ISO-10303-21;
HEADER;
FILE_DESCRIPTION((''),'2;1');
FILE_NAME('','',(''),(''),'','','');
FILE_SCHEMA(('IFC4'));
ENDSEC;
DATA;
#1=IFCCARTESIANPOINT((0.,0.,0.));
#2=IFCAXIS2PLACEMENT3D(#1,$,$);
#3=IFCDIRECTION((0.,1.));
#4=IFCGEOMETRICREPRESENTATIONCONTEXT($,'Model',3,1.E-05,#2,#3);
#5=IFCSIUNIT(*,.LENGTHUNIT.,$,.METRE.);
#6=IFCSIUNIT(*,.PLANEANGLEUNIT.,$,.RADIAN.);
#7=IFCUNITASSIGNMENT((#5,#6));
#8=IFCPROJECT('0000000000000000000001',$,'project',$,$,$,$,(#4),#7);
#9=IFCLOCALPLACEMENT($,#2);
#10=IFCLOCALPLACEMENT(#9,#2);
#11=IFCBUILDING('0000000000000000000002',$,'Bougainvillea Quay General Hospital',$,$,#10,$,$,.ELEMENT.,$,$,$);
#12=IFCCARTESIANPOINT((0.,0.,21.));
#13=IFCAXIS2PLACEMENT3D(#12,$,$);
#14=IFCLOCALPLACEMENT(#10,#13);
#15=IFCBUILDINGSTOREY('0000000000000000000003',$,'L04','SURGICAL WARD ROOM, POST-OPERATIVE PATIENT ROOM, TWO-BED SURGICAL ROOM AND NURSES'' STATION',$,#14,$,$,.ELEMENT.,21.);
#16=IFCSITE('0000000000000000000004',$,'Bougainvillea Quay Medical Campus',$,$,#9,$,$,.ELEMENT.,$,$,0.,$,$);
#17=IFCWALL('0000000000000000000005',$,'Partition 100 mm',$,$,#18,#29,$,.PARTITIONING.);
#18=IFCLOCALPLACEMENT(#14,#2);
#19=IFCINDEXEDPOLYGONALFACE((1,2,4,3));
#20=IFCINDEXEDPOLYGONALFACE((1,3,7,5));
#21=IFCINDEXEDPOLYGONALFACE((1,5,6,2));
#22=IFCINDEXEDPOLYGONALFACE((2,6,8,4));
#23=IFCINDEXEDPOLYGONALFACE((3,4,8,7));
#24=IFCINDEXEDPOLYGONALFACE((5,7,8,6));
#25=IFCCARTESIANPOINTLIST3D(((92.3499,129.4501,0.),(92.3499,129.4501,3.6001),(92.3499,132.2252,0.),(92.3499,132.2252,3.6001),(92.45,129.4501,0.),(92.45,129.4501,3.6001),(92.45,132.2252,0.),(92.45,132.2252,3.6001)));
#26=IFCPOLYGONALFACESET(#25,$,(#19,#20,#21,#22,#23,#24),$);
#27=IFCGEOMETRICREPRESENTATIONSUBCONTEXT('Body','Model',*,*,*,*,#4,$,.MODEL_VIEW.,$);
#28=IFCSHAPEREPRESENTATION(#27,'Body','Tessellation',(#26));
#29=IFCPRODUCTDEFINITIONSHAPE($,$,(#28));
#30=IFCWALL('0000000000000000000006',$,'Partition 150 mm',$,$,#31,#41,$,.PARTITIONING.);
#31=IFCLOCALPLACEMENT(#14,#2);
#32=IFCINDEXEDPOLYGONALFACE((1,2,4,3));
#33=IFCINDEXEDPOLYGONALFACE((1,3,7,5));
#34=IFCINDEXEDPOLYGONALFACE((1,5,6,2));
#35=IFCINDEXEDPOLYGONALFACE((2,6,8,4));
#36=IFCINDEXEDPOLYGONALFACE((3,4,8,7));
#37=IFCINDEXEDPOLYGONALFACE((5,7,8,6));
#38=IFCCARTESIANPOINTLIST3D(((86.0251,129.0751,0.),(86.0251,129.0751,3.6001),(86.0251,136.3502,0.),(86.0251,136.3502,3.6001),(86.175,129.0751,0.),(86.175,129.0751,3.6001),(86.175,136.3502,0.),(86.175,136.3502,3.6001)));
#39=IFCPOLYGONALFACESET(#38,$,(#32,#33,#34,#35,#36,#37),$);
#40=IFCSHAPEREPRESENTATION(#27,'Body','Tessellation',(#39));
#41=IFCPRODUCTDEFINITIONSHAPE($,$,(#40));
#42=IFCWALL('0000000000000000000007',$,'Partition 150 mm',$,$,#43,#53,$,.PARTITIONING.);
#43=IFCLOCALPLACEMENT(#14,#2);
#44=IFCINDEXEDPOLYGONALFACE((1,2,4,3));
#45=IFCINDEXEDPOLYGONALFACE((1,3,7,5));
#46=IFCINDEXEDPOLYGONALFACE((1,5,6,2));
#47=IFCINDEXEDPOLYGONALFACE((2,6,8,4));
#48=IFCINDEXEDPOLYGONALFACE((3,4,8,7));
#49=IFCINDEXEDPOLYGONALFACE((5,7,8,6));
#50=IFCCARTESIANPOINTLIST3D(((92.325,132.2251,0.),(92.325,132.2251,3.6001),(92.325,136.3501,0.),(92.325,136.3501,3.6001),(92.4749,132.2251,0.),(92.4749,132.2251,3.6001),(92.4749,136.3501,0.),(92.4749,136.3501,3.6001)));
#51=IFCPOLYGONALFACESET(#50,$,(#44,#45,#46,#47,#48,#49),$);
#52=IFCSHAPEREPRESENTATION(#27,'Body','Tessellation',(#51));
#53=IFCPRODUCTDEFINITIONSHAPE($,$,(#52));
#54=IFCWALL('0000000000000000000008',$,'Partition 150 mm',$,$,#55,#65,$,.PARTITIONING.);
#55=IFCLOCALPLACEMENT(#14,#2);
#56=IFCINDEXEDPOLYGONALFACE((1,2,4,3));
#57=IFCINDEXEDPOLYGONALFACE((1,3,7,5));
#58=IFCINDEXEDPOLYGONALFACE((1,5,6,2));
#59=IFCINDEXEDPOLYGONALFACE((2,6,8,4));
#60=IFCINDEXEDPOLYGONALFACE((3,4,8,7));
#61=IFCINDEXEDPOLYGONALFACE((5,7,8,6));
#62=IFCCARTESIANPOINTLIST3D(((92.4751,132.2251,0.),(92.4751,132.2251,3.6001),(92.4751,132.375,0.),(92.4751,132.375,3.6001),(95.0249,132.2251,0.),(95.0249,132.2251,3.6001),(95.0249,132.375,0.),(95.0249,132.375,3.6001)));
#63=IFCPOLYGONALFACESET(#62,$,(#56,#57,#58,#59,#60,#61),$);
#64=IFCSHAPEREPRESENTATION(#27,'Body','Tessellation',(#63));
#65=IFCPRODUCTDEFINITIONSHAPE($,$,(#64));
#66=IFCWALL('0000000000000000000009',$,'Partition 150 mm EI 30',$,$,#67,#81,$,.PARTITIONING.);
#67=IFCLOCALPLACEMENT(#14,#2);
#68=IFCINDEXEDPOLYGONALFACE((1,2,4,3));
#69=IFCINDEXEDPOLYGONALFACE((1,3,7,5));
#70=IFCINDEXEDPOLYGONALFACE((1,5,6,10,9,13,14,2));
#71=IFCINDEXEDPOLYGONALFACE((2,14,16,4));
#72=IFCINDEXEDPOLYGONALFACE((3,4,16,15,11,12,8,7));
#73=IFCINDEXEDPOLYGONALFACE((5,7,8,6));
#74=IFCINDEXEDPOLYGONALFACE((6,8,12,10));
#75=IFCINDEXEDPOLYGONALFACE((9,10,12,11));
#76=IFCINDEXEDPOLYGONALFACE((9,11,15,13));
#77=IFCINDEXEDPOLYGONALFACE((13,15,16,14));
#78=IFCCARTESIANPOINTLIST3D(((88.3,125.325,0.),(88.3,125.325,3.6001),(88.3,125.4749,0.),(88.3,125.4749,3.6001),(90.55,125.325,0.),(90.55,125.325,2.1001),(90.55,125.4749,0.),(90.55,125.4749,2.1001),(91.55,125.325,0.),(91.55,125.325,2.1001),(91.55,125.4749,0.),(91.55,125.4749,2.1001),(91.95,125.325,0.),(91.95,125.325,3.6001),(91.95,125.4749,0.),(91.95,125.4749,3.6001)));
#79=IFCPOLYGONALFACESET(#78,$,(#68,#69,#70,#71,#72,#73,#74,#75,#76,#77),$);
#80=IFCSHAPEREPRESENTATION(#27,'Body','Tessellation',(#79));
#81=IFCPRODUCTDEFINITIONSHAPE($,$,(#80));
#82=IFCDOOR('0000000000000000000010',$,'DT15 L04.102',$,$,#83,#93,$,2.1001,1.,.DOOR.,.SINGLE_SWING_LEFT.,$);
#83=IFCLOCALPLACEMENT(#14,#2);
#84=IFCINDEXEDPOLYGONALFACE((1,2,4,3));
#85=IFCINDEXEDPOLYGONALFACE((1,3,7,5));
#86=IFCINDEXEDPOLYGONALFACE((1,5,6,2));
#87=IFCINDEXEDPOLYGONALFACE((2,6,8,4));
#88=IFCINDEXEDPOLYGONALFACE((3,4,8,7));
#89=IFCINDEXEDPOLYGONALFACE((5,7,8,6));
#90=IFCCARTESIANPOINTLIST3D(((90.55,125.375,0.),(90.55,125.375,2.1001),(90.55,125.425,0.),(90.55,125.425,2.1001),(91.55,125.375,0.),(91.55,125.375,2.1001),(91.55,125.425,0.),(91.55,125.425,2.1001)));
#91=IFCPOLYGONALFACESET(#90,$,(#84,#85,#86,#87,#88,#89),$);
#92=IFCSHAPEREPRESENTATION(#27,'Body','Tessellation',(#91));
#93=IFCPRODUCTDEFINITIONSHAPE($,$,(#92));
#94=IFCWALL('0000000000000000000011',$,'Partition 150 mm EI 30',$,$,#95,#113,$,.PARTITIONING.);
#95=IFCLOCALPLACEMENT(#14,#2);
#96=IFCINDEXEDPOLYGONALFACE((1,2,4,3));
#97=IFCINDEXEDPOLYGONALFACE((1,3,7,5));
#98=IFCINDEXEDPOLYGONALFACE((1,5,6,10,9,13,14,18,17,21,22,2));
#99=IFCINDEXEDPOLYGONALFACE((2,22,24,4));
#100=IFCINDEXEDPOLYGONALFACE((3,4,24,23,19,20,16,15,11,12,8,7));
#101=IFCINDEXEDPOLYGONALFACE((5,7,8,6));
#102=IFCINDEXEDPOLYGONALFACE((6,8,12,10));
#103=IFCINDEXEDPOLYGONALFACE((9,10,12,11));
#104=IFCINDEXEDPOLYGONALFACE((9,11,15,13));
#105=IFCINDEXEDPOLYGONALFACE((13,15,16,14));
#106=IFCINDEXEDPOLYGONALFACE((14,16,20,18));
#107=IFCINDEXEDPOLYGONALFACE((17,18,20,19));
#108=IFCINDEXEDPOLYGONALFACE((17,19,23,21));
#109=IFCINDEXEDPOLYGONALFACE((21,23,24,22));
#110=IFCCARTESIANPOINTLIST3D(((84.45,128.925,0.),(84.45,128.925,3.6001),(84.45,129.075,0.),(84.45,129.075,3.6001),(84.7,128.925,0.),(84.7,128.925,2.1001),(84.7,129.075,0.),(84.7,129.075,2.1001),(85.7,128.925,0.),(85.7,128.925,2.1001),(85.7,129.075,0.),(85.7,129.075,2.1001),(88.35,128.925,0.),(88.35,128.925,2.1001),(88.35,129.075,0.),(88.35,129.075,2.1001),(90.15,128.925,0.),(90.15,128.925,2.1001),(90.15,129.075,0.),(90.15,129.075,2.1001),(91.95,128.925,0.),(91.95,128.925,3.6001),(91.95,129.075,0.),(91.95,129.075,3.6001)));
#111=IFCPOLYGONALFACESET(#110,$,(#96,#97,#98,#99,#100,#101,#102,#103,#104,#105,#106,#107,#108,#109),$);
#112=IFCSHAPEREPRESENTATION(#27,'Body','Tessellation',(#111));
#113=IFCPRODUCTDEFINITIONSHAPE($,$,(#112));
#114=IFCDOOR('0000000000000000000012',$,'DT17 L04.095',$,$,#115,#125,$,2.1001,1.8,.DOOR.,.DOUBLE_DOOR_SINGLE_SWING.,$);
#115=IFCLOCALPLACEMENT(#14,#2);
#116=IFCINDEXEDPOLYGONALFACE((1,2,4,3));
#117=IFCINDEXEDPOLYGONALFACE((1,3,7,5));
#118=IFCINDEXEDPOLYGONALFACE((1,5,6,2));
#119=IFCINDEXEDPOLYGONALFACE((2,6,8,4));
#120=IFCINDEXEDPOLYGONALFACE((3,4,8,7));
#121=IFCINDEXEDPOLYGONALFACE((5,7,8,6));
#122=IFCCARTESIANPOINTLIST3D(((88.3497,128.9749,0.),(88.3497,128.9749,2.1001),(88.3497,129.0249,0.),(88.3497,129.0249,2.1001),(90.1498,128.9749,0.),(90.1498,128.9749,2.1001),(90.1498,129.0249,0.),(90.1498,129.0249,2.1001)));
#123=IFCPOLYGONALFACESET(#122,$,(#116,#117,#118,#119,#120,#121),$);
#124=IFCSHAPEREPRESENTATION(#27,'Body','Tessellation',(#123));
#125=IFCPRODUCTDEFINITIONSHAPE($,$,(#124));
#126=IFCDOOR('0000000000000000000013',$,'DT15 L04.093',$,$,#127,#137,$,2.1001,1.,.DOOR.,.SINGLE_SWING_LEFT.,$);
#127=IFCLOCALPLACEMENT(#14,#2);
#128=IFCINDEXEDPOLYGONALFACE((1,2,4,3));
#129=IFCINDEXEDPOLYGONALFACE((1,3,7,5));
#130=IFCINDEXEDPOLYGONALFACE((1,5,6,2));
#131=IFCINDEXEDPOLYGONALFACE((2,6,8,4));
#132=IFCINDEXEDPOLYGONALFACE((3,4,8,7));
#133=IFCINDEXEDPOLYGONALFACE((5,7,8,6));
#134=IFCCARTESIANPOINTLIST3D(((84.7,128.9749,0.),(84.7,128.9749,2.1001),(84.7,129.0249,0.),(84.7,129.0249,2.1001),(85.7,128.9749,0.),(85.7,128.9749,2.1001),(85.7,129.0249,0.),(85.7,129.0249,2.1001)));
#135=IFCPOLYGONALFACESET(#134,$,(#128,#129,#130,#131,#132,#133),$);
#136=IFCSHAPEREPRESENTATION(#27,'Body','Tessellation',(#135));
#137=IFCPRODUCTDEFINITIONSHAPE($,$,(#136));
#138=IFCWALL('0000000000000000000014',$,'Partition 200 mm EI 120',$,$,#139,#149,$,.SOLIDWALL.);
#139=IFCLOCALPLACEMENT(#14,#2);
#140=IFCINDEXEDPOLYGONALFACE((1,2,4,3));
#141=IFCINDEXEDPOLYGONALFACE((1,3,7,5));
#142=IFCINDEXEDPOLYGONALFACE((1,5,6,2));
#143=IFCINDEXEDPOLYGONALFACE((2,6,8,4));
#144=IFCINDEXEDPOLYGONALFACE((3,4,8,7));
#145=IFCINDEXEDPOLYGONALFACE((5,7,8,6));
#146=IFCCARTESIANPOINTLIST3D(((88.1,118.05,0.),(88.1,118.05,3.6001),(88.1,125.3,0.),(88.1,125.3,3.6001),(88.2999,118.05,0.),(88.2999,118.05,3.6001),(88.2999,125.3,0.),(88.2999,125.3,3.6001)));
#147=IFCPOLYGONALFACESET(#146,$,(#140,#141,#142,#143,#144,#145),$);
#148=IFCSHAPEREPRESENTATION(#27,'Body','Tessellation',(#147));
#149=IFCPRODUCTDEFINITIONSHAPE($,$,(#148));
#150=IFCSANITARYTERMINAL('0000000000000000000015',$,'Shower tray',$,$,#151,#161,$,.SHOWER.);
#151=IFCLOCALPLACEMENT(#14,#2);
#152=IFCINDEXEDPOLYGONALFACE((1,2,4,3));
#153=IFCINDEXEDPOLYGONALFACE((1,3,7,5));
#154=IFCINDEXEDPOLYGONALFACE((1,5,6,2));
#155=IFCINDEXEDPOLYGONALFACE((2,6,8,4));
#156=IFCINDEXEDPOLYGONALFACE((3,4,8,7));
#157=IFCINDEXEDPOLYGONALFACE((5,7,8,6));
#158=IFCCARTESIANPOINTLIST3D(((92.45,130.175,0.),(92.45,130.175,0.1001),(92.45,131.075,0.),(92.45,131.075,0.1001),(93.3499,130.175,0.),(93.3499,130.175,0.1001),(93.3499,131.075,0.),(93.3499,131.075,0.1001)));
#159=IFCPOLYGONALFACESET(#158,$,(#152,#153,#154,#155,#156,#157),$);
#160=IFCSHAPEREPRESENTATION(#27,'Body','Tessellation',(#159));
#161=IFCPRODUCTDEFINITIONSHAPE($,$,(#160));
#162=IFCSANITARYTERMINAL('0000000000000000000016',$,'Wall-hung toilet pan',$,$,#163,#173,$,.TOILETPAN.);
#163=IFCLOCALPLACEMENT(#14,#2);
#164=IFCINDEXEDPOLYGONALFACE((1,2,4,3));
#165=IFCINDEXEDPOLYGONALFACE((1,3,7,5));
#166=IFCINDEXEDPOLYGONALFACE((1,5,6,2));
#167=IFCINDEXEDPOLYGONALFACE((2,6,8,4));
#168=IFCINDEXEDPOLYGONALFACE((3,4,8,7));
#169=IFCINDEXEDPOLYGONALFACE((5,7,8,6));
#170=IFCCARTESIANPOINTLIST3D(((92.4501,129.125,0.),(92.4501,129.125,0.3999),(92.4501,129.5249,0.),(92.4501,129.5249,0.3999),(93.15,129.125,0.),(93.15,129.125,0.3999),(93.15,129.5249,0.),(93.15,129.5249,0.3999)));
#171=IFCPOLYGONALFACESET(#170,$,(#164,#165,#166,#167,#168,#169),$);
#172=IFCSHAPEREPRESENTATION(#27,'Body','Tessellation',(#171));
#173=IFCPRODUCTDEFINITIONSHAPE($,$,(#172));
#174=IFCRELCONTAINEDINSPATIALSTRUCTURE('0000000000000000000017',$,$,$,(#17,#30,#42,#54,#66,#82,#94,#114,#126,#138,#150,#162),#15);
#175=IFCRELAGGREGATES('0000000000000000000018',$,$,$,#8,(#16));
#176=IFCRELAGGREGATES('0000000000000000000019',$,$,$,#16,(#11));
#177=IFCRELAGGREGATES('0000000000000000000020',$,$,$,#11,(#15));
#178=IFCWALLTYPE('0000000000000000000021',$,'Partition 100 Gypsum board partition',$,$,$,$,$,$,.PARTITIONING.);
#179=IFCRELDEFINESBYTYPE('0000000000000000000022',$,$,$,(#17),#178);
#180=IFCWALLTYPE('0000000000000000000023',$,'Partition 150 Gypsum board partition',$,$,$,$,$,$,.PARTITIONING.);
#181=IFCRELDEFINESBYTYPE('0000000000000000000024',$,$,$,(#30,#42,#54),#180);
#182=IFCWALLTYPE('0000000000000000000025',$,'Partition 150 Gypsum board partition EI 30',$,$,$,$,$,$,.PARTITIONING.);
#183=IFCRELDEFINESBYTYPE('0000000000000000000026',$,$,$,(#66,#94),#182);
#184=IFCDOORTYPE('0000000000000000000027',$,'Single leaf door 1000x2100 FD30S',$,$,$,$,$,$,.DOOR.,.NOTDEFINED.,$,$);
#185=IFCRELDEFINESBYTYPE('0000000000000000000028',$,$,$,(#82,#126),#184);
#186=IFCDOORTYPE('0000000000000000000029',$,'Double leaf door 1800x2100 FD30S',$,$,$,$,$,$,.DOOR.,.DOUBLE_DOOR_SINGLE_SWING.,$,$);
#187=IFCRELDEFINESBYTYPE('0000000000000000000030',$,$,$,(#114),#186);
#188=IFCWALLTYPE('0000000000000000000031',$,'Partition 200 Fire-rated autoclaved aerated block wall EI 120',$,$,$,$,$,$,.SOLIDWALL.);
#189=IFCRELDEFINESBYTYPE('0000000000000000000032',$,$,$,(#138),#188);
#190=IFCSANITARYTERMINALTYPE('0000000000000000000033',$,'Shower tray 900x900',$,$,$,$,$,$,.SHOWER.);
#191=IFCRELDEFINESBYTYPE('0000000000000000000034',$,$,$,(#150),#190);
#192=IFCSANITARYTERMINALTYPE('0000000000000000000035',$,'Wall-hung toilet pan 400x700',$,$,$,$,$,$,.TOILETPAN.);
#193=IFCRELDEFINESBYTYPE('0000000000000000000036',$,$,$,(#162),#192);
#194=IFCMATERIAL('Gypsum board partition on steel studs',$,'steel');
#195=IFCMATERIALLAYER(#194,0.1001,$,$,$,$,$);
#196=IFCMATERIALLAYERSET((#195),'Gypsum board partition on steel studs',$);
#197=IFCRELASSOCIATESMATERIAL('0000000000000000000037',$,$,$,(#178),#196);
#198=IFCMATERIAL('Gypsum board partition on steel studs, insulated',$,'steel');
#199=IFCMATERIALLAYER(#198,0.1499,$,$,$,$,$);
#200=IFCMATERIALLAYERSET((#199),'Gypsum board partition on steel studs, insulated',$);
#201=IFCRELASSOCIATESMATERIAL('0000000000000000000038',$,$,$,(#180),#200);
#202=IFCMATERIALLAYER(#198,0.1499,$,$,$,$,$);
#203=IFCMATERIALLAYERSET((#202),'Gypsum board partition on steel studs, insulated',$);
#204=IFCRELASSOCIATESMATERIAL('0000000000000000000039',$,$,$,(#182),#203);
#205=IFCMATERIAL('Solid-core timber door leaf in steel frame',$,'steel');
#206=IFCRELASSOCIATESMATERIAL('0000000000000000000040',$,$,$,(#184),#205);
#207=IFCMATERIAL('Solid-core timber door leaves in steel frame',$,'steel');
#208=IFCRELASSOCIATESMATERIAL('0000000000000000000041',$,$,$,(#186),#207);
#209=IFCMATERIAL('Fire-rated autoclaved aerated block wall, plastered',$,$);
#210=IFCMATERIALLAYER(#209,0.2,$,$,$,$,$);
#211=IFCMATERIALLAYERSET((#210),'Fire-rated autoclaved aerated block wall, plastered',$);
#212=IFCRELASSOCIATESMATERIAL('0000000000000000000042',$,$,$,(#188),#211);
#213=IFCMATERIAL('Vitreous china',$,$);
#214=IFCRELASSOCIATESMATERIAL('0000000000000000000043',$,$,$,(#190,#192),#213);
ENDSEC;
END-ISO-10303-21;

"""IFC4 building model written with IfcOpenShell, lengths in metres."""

from ifc_helpers import new_model, si_unit, direction, frame, frame_2d, origin, origin_2d, place, context, subcontext, project, spatial, rectangle, extrude, material, layer, layer_set, type_object, element, fill, save


model = new_model("IFC4")

# Units and contexts
model_context = context("Model", 3, precision=1e-05, world=origin(), true_north=direction((0.0, 1.0)))
body_context = subcontext(model_context, "Body", "Model", "MODEL_VIEW")
ifc_project = project(units=[si_unit("LENGTHUNIT", "METRE"), si_unit("PLANEANGLEUNIT", "RADIAN")], contexts=[model_context])

# Site, building, storey
site_placement = place(None, origin())
site = spatial("IfcSite", under=ifc_project, at=site_placement, Name="Bougainvillea Quay Medical Campus", CompositionType="ELEMENT", RefElevation=0.0)
building_placement = place(site_placement, origin())
building = spatial("IfcBuilding", under=site, at=building_placement, Name="Bougainvillea Quay General Hospital", CompositionType="ELEMENT")
storey_placement = place(building_placement, frame((0.0, 0.0, 21.0)))
storey = spatial("IfcBuildingStorey", under=building, at=storey_placement, Name="L04", Description="SURGICAL WARD ROOM, POST-OPERATIVE PATIENT ROOM, TWO-BED SURGICAL ROOM AND NURSES' STATION", CompositionType="ELEMENT", Elevation=21.0)

# Walls
ifc_material_1 = material(Name="Gypsum board partition on steel studs", Category="steel")
ifc_layer_1 = layer(ifc_material_1, 0.1001)
ifc_layer_set_1 = layer_set([ifc_layer_1], Name="Gypsum board partition on steel studs")
wall_type_1 = type_object("IfcWallType", Name="Partition 100 Gypsum board partition", PredefinedType="PARTITIONING", material=ifc_layer_set_1)
wall_1_placement = place(storey_placement, frame((92.3999, 129.45, 0.0), z_axis=(0.0, 0.0, 1.0), x_axis=(0.0, 1.0, 0.0)))
element("IfcWall", 1, at=wall_1_placement, inside=storey, type_object=wall_type_1, Name="Partition 100 mm", PredefinedType="PARTITIONING", context=body_context, shape_type="SweptSolid", body=[
    extrude(rectangle(XDim=2.7751, YDim=0.1001, at=frame_2d((1.3877, 0.0))), origin(), (0.0, 0.0, 1.0), 3.6001),
])
ifc_material_2 = material(Name="Gypsum board partition on steel studs, insulated", Category="steel")
ifc_layer_2 = layer(ifc_material_2, 0.1499)
ifc_layer_set_2 = layer_set([ifc_layer_2], Name="Gypsum board partition on steel studs, insulated")
wall_type_2 = type_object("IfcWallType", Name="Partition 150 Gypsum board partition", PredefinedType="PARTITIONING", material=ifc_layer_set_2)
wall_2_placement = place(storey_placement, frame((86.1001, 129.075, 0.0), z_axis=(0.0, 0.0, 1.0), x_axis=(0.0, 1.0, 0.0)))
element("IfcWall", 2, at=wall_2_placement, inside=storey, type_object=wall_type_2, Name="Partition 150 mm", PredefinedType="PARTITIONING", context=body_context, shape_type="SweptSolid", body=[
    extrude(rectangle(XDim=7.2751, YDim=0.1499, at=frame_2d((3.6377, 0.0))), origin(), (0.0, 0.0, 1.0), 3.6001),
])
wall_3_placement = place(storey_placement, frame((92.3999, 132.2251, 0.0), z_axis=(0.0, 0.0, 1.0), x_axis=(0.0, 1.0, 0.0)))
element("IfcWall", 3, at=wall_3_placement, inside=storey, type_object=wall_type_2, Name="Partition 150 mm", PredefinedType="PARTITIONING", context=body_context, shape_type="SweptSolid", body=[
    extrude(rectangle(XDim=4.125, YDim=0.1499, at=frame_2d((2.0625, 0.0))), origin(), (0.0, 0.0, 1.0), 3.6001),
])
wall_4_placement = place(storey_placement, frame((92.4751, 132.3, 0.0), z_axis=(0.0, 0.0, 1.0), x_axis=(1.0, 0.0, 0.0)))
element("IfcWall", 4, at=wall_4_placement, inside=storey, type_object=wall_type_2, Name="Partition 150 mm", PredefinedType="PARTITIONING", context=body_context, shape_type="SweptSolid", body=[
    extrude(rectangle(XDim=2.5498, YDim=0.1499, at=frame_2d((1.2749, 0.0))), origin(), (0.0, 0.0, 1.0), 3.6001),
])

# Wall, opening, door
ifc_layer_3 = layer(ifc_material_2, 0.1499)
ifc_layer_set_3 = layer_set([ifc_layer_3], Name="Gypsum board partition on steel studs, insulated")
wall_type_3 = type_object("IfcWallType", Name="Partition 150 Gypsum board partition EI 30", PredefinedType="PARTITIONING", material=ifc_layer_set_3)
wall_5_placement = place(storey_placement, frame((91.95, 125.3999, 0.0), z_axis=(0.0, 0.0, 1.0), x_axis=(-1.0, 0.0, 0.0)))
wall_5 = element("IfcWall", 5, at=wall_5_placement, inside=storey, type_object=wall_type_3, Name="Partition 150 mm EI 30", PredefinedType="PARTITIONING", context=body_context, shape_type="SweptSolid", body=[
    extrude(rectangle(XDim=3.6499, YDim=0.1499, at=frame_2d((1.825, 0.0))), origin(), (0.0, 0.0, 1.0), 3.6001),
])
opening_1_placement = place(wall_5_placement, frame((0.3999, 0.0, 0.0)))
opening_1 = element("IfcOpeningElement", 6, at=opening_1_placement, cuts=wall_5, PredefinedType="OPENING", context=body_context, shape_type="SweptSolid", body=[
    extrude(rectangle(XDim=1.0, YDim=2.1001, at=frame_2d((0.5, 1.05))), frame((0.0, 0.085, 0.0), z_axis=(0.0, -1.0, 0.0), x_axis=(1.0, 0.0, 0.0)), (0.0, 0.0, 1.0), 0.1699),
])
ifc_material_3 = material(Name="Solid-core timber door leaf in steel frame", Category="steel")
door_type_1 = type_object("IfcDoorType", Name="Single leaf door 1000x2100 FD30S", OperationType="NOTDEFINED", PredefinedType="DOOR", material=ifc_material_3)
door_1_placement = place(opening_1_placement, origin())
door_1 = element("IfcDoor", 7, at=door_1_placement, inside=storey, type_object=door_type_1, Name="DT15 L04.102", OperationType="SINGLE_SWING_LEFT", OverallHeight=2.1001, OverallWidth=1.0, PredefinedType="DOOR", context=body_context, shape_type="SweptSolid", body=[
    extrude(rectangle(XDim=1.0, YDim=2.1001, at=frame_2d((0.5, 1.05))), frame((0.0, 0.0249, 0.0), z_axis=(0.0, -1.0, 0.0), x_axis=(1.0, 0.0, 0.0)), (0.0, 0.0, 1.0), 0.05),
])
fill(opening_1, door_1)

# Wall, openings, doors
wall_6_placement = place(storey_placement, frame((91.95, 129.0, 0.0), z_axis=(0.0, 0.0, 1.0), x_axis=(-1.0, 0.0, 0.0)))
wall_6 = element("IfcWall", 8, at=wall_6_placement, inside=storey, type_object=wall_type_3, Name="Partition 150 mm EI 30", PredefinedType="PARTITIONING", context=body_context, shape_type="SweptSolid", body=[
    extrude(rectangle(XDim=7.5, YDim=0.1499, at=frame_2d((3.75, 0.0))), origin(), (0.0, 0.0, 1.0), 3.6001),
])
opening_2_placement = place(wall_6_placement, frame((6.25, 0.0, 0.0)))
opening_2 = element("IfcOpeningElement", 9, at=opening_2_placement, cuts=wall_6, PredefinedType="OPENING", context=body_context, shape_type="SweptSolid", body=[
    extrude(rectangle(XDim=1.0, YDim=2.1001, at=frame_2d((0.5, 1.05))), frame((0.0, 0.085, 0.0), z_axis=(0.0, -1.0, 0.0), x_axis=(1.0, 0.0, 0.0)), (0.0, 0.0, 1.0), 0.1699),
])
opening_3_placement = place(wall_6_placement, frame((1.8, 0.0, 0.0)))
opening_3 = element("IfcOpeningElement", 10, at=opening_3_placement, cuts=wall_6, PredefinedType="OPENING", context=body_context, shape_type="SweptSolid", body=[
    extrude(rectangle(XDim=1.8, YDim=2.1001, at=frame_2d((0.8999, 1.05))), frame((0.0, 0.085, 0.0), z_axis=(0.0, -1.0, 0.0), x_axis=(1.0, 0.0, 0.0)), (0.0, 0.0, 1.0), 0.1699),
])
ifc_material_4 = material(Name="Solid-core timber door leaves in steel frame", Category="steel")
door_type_2 = type_object("IfcDoorType", Name="Double leaf door 1800x2100 FD30S", OperationType="DOUBLE_DOOR_SINGLE_SWING", PredefinedType="DOOR", material=ifc_material_4)
door_2_placement = place(opening_3_placement, frame((1.8, 0.0, 0.0), z_axis=(0.0, 0.0, 1.0), x_axis=(-1.0, 0.0, 0.0)))
door_2 = element("IfcDoor", 11, at=door_2_placement, inside=storey, type_object=door_type_2, Name="DT17 L04.095", OperationType="DOUBLE_DOOR_SINGLE_SWING", OverallHeight=2.1001, OverallWidth=1.8, PredefinedType="DOOR", context=body_context, shape_type="SweptSolid", body=[
    extrude(rectangle(XDim=1.8, YDim=2.1001, at=frame_2d((0.8999, 1.05))), frame((0.0, 0.0249, 0.0), z_axis=(0.0, -1.0, 0.0), x_axis=(1.0, 0.0, 0.0)), (0.0, 0.0, 1.0), 0.05),
])
fill(opening_3, door_2)
door_3_placement = place(opening_2_placement, frame((1.0, 0.0, 0.0), z_axis=(0.0, 0.0, 1.0), x_axis=(-1.0, 0.0, 0.0)))
door_3 = element("IfcDoor", 12, at=door_3_placement, inside=storey, type_object=door_type_1, Name="DT15 L04.093", OperationType="SINGLE_SWING_LEFT", OverallHeight=2.1001, OverallWidth=1.0, PredefinedType="DOOR", context=body_context, shape_type="SweptSolid", body=[
    extrude(rectangle(XDim=1.0, YDim=2.1001, at=frame_2d((0.5, 1.05))), frame((0.0, 0.0249, 0.0), z_axis=(0.0, -1.0, 0.0), x_axis=(1.0, 0.0, 0.0)), (0.0, 0.0, 1.0), 0.05),
])
fill(opening_2, door_3)

# Wall
ifc_material_5 = material(Name="Fire-rated autoclaved aerated block wall, plastered")
ifc_layer_4 = layer(ifc_material_5, 0.2)
ifc_layer_set_4 = layer_set([ifc_layer_4], Name="Fire-rated autoclaved aerated block wall, plastered")
wall_type_4 = type_object("IfcWallType", Name="Partition 200 Fire-rated autoclaved aerated block wall EI 120", PredefinedType="SOLIDWALL", material=ifc_layer_set_4)
wall_7_placement = place(storey_placement, frame((88.2, 118.05, 0.0), z_axis=(0.0, 0.0, 1.0), x_axis=(0.0, 1.0, 0.0)))
element("IfcWall", 13, at=wall_7_placement, inside=storey, type_object=wall_type_4, Name="Partition 200 mm EI 120", PredefinedType="SOLIDWALL", context=body_context, shape_type="SweptSolid", body=[
    extrude(rectangle(XDim=7.25, YDim=0.2, at=frame_2d((3.625, 0.0))), origin(), (0.0, 0.0, 1.0), 3.6001),
])

# Sanitary terminals
ifc_material_6 = material(Name="Vitreous china")
sanitary_terminal_type_1 = type_object("IfcSanitaryTerminalType", Name="Shower tray 900x900", PredefinedType="SHOWER", material=ifc_material_6)
sanitary_terminal_1_placement = place(storey_placement, frame((92.8999, 130.625, 0.0), z_axis=(0.0, 0.0, 1.0), x_axis=(0.0, 1.0, 0.0)))
element("IfcSanitaryTerminal", 14, at=sanitary_terminal_1_placement, inside=storey, type_object=sanitary_terminal_type_1, Name="Shower tray", PredefinedType="SHOWER", context=body_context, shape_type="SweptSolid", body=[
    extrude(rectangle(XDim=0.8999, YDim=0.8999, at=origin_2d()), origin(), (0.0, 0.0, 1.0), 0.1001),
])
sanitary_terminal_type_2 = type_object("IfcSanitaryTerminalType", Name="Wall-hung toilet pan 400x700", PredefinedType="TOILETPAN", material=ifc_material_6)
sanitary_terminal_2_placement = place(storey_placement, frame((92.8, 129.325, 0.0), z_axis=(0.0, 0.0, 1.0), x_axis=(0.0, 1.0, 0.0)))
element("IfcSanitaryTerminal", 15, at=sanitary_terminal_2_placement, inside=storey, type_object=sanitary_terminal_type_2, Name="Wall-hung toilet pan", PredefinedType="TOILETPAN", context=body_context, shape_type="SweptSolid", body=[
    extrude(rectangle(XDim=0.3999, YDim=0.7, at=origin_2d()), origin(), (0.0, 0.0, 1.0), 0.3999),
])

save(model, "model.ifc")
